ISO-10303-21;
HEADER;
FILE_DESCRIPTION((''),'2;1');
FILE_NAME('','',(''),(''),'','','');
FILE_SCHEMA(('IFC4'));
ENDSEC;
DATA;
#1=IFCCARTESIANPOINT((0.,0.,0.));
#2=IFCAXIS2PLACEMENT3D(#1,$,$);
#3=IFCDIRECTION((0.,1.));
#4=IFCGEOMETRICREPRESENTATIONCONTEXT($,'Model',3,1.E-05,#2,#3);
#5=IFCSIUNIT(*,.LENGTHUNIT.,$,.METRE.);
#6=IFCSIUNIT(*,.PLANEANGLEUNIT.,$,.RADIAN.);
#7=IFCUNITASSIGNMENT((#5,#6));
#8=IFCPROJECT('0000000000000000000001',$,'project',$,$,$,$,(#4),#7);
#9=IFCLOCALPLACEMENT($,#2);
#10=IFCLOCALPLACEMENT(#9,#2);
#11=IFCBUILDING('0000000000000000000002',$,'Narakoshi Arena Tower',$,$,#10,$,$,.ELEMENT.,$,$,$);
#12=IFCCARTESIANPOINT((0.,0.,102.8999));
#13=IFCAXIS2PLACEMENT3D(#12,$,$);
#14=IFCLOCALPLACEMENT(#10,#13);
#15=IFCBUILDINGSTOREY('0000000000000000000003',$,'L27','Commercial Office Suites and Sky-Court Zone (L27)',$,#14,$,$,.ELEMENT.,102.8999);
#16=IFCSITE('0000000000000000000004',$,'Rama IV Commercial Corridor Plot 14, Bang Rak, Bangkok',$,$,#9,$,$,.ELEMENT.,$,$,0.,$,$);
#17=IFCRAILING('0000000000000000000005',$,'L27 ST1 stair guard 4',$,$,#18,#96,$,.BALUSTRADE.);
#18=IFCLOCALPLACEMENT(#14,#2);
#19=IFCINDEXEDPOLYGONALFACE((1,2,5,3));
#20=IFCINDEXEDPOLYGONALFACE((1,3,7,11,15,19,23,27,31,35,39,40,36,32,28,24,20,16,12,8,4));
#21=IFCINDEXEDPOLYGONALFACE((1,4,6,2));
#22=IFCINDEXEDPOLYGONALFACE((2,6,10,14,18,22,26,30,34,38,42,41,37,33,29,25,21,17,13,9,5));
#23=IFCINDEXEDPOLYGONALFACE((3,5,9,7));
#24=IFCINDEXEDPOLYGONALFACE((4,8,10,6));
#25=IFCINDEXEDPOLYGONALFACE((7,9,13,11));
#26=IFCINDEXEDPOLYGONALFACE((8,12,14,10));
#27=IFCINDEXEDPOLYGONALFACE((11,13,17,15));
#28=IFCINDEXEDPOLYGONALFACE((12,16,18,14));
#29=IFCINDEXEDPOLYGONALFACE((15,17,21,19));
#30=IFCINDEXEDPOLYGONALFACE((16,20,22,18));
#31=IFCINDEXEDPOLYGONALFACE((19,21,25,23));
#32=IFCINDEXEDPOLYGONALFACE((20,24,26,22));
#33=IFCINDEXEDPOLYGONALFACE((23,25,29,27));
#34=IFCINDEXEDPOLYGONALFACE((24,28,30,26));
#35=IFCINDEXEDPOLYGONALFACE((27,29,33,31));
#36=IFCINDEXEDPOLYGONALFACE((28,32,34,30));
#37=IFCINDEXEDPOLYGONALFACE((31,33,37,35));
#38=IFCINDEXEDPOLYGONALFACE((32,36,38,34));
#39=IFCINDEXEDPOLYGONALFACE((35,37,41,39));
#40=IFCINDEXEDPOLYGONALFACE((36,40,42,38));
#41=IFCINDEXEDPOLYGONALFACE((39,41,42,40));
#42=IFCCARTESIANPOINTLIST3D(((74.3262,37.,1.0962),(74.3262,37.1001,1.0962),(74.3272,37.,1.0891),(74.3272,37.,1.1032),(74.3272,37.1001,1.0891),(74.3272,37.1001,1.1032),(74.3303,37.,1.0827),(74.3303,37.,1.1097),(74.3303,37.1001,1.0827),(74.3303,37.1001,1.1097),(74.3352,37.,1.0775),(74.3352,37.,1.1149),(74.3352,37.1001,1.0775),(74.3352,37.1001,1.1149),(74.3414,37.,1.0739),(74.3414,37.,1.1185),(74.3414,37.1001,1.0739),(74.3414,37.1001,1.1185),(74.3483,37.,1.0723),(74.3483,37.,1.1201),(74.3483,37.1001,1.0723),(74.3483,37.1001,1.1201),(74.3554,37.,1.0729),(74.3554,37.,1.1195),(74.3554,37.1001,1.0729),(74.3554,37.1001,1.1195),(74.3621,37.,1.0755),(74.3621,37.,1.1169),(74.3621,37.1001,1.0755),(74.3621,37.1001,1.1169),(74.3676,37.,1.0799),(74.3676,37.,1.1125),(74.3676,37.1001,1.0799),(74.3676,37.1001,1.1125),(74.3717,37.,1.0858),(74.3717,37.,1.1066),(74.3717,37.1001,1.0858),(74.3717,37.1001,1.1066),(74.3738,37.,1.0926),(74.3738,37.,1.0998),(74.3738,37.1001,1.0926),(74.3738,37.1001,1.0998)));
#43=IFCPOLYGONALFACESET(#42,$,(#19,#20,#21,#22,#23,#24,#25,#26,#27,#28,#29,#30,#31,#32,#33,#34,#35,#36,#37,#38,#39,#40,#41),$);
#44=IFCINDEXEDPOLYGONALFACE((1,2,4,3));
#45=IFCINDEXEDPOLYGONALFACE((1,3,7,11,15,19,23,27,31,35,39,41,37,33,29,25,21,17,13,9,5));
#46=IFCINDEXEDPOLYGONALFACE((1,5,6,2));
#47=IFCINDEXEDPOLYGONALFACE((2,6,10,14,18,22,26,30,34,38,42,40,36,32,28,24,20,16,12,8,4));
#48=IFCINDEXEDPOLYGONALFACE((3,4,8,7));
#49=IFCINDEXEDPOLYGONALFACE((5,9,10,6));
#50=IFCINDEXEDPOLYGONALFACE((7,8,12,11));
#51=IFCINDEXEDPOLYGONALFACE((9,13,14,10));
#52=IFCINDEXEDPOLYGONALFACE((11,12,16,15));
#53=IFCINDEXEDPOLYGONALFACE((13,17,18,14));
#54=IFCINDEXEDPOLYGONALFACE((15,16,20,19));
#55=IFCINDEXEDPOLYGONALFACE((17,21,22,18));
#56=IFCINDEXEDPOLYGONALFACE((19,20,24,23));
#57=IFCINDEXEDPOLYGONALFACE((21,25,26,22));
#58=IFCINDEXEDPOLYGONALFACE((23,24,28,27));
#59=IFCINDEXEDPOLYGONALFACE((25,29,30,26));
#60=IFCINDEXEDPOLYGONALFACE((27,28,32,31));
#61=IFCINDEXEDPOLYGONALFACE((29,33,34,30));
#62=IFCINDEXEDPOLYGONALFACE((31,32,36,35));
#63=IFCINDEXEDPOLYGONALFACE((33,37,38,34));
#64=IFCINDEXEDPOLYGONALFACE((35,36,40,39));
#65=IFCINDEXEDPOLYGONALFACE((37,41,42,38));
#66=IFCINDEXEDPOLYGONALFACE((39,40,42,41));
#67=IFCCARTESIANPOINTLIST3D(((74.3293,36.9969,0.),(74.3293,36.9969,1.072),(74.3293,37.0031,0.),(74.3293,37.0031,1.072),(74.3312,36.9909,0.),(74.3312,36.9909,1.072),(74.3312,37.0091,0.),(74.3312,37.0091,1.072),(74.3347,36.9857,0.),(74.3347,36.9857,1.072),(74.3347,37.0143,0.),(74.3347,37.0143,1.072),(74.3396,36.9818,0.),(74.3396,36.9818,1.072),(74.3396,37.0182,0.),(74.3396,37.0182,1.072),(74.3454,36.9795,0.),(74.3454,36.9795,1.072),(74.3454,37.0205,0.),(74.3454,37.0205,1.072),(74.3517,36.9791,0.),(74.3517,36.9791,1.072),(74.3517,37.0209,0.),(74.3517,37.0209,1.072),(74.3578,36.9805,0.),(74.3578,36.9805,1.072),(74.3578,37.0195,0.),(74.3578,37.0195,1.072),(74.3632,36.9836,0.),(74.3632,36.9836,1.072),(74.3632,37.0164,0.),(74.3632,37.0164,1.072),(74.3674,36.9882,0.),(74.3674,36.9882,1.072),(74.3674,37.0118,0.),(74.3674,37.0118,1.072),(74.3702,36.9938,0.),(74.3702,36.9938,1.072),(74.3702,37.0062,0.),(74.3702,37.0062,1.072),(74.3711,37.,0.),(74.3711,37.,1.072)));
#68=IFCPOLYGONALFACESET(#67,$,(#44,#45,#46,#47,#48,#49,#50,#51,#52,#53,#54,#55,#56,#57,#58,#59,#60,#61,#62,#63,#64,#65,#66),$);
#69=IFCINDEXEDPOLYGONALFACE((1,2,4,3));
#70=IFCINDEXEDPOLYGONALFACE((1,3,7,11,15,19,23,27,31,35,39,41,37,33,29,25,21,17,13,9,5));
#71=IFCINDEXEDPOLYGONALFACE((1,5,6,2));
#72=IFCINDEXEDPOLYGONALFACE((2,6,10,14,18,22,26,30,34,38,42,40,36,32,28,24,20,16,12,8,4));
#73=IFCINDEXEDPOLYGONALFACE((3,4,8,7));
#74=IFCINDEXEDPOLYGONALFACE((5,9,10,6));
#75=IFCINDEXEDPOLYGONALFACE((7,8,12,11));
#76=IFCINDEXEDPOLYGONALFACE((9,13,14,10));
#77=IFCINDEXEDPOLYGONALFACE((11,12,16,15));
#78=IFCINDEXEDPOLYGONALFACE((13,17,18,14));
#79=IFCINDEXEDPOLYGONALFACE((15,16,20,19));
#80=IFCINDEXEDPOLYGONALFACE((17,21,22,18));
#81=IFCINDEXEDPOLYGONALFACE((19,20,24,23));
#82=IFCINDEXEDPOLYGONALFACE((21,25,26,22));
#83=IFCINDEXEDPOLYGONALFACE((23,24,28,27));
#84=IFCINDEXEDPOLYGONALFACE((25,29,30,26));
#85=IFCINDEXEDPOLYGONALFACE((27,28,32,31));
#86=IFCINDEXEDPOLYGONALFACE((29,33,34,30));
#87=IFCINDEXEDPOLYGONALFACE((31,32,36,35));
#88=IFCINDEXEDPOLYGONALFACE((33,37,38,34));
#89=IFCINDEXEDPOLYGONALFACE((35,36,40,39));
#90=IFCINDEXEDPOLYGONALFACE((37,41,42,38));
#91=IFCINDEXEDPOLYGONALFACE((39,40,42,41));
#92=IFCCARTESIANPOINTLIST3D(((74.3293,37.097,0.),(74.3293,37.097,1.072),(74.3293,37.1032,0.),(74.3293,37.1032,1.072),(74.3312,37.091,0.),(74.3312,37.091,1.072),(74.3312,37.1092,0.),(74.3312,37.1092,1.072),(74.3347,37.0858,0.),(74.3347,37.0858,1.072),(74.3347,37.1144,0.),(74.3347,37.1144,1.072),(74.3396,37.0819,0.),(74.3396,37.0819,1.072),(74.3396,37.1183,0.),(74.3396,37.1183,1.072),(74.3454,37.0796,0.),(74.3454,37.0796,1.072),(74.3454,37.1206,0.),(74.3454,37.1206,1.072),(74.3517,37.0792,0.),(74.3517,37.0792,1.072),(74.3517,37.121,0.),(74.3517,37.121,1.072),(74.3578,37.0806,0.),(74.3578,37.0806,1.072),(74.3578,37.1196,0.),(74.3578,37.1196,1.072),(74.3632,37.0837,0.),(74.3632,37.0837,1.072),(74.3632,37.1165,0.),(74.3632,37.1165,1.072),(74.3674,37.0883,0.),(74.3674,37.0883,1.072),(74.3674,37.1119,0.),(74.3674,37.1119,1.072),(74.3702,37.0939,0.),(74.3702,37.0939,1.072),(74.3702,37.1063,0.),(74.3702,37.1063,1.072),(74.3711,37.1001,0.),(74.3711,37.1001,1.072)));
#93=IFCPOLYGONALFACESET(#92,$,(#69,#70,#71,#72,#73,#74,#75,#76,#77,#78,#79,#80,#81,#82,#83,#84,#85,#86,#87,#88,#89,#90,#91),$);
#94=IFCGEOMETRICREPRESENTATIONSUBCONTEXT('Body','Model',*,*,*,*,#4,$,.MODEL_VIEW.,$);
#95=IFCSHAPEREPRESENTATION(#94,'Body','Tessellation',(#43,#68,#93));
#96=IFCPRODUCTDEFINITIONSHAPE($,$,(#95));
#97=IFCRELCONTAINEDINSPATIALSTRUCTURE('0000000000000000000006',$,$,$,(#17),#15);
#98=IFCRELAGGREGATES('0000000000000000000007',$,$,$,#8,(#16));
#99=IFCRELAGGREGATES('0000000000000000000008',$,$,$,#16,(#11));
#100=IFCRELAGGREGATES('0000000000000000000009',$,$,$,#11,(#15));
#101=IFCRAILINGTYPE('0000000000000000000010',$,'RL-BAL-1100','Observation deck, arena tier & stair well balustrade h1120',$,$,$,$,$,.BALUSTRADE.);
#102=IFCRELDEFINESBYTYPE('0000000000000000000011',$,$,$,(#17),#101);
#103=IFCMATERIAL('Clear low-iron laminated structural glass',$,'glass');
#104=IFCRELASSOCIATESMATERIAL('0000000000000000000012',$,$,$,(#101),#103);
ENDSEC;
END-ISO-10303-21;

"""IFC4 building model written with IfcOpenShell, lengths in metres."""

from ifc_helpers import new_model, si_unit, direction, frame, origin, origin_2d, place, context, subcontext, project, spatial, circle, extrude, material, type_object, element, save


model = new_model("IFC4")

# Units and contexts
model_context = context("Model", 3, precision=1e-05, world=origin(), true_north=direction((0.0, 1.0)))
body_context = subcontext(model_context, "Body", "Model", "MODEL_VIEW")
ifc_project = project(units=[si_unit("LENGTHUNIT", "METRE"), si_unit("PLANEANGLEUNIT", "RADIAN")], contexts=[model_context])

# Site, building, storey
site_placement = place(None, origin())
site = spatial("IfcSite", under=ifc_project, at=site_placement, Name="Rama IV Commercial Corridor Plot 14, Bang Rak, Bangkok", CompositionType="ELEMENT", RefElevation=0.0)
building_placement = place(site_placement, origin())
building = spatial("IfcBuilding", under=site, at=building_placement, Name="Narakoshi Arena Tower", CompositionType="ELEMENT")
storey_placement = place(building_placement, frame((0.0, 0.0, 102.8999)))
storey = spatial("IfcBuildingStorey", under=building, at=storey_placement, Name="L27", Description="Commercial Office Suites and Sky-Court Zone (L27)", CompositionType="ELEMENT", Elevation=102.8999)

# Railing
ifc_material_1 = material(Name="Clear low-iron laminated structural glass", Category="glass")
railing_type_1 = type_object("IfcRailingType", Name="RL-BAL-1100", Description="Observation deck, arena tier & stair well balustrade h1120", PredefinedType="BALUSTRADE", material=ifc_material_1)
railing_1_placement = place(storey_placement, frame((74.3501, 37.0, 0.0)))
element("IfcRailing", 1, at=railing_1_placement, inside=storey, type_object=railing_type_1, Name="L27 ST1 stair guard 4", PredefinedType="BALUSTRADE", context=body_context, shape_type="SweptSolid", body=[
    extrude(circle(Radius=0.0239, at=origin_2d()), frame((0.0, 0.0, 1.0962), z_axis=(0.0, 1.0, 0.0), x_axis=(-1.0, 0.0, 0.0)), (0.0, 0.0, 1.0), 0.1001),
    extrude(circle(Radius=0.021, at=origin_2d()), origin(), (0.0, 0.0, 1.0), 1.072),
    extrude(circle(Radius=0.021, at=origin_2d()), frame((0.0, 0.1001, 0.0)), (0.0, 0.0, 1.0), 1.072),
])

save(model, "model.ifc")
